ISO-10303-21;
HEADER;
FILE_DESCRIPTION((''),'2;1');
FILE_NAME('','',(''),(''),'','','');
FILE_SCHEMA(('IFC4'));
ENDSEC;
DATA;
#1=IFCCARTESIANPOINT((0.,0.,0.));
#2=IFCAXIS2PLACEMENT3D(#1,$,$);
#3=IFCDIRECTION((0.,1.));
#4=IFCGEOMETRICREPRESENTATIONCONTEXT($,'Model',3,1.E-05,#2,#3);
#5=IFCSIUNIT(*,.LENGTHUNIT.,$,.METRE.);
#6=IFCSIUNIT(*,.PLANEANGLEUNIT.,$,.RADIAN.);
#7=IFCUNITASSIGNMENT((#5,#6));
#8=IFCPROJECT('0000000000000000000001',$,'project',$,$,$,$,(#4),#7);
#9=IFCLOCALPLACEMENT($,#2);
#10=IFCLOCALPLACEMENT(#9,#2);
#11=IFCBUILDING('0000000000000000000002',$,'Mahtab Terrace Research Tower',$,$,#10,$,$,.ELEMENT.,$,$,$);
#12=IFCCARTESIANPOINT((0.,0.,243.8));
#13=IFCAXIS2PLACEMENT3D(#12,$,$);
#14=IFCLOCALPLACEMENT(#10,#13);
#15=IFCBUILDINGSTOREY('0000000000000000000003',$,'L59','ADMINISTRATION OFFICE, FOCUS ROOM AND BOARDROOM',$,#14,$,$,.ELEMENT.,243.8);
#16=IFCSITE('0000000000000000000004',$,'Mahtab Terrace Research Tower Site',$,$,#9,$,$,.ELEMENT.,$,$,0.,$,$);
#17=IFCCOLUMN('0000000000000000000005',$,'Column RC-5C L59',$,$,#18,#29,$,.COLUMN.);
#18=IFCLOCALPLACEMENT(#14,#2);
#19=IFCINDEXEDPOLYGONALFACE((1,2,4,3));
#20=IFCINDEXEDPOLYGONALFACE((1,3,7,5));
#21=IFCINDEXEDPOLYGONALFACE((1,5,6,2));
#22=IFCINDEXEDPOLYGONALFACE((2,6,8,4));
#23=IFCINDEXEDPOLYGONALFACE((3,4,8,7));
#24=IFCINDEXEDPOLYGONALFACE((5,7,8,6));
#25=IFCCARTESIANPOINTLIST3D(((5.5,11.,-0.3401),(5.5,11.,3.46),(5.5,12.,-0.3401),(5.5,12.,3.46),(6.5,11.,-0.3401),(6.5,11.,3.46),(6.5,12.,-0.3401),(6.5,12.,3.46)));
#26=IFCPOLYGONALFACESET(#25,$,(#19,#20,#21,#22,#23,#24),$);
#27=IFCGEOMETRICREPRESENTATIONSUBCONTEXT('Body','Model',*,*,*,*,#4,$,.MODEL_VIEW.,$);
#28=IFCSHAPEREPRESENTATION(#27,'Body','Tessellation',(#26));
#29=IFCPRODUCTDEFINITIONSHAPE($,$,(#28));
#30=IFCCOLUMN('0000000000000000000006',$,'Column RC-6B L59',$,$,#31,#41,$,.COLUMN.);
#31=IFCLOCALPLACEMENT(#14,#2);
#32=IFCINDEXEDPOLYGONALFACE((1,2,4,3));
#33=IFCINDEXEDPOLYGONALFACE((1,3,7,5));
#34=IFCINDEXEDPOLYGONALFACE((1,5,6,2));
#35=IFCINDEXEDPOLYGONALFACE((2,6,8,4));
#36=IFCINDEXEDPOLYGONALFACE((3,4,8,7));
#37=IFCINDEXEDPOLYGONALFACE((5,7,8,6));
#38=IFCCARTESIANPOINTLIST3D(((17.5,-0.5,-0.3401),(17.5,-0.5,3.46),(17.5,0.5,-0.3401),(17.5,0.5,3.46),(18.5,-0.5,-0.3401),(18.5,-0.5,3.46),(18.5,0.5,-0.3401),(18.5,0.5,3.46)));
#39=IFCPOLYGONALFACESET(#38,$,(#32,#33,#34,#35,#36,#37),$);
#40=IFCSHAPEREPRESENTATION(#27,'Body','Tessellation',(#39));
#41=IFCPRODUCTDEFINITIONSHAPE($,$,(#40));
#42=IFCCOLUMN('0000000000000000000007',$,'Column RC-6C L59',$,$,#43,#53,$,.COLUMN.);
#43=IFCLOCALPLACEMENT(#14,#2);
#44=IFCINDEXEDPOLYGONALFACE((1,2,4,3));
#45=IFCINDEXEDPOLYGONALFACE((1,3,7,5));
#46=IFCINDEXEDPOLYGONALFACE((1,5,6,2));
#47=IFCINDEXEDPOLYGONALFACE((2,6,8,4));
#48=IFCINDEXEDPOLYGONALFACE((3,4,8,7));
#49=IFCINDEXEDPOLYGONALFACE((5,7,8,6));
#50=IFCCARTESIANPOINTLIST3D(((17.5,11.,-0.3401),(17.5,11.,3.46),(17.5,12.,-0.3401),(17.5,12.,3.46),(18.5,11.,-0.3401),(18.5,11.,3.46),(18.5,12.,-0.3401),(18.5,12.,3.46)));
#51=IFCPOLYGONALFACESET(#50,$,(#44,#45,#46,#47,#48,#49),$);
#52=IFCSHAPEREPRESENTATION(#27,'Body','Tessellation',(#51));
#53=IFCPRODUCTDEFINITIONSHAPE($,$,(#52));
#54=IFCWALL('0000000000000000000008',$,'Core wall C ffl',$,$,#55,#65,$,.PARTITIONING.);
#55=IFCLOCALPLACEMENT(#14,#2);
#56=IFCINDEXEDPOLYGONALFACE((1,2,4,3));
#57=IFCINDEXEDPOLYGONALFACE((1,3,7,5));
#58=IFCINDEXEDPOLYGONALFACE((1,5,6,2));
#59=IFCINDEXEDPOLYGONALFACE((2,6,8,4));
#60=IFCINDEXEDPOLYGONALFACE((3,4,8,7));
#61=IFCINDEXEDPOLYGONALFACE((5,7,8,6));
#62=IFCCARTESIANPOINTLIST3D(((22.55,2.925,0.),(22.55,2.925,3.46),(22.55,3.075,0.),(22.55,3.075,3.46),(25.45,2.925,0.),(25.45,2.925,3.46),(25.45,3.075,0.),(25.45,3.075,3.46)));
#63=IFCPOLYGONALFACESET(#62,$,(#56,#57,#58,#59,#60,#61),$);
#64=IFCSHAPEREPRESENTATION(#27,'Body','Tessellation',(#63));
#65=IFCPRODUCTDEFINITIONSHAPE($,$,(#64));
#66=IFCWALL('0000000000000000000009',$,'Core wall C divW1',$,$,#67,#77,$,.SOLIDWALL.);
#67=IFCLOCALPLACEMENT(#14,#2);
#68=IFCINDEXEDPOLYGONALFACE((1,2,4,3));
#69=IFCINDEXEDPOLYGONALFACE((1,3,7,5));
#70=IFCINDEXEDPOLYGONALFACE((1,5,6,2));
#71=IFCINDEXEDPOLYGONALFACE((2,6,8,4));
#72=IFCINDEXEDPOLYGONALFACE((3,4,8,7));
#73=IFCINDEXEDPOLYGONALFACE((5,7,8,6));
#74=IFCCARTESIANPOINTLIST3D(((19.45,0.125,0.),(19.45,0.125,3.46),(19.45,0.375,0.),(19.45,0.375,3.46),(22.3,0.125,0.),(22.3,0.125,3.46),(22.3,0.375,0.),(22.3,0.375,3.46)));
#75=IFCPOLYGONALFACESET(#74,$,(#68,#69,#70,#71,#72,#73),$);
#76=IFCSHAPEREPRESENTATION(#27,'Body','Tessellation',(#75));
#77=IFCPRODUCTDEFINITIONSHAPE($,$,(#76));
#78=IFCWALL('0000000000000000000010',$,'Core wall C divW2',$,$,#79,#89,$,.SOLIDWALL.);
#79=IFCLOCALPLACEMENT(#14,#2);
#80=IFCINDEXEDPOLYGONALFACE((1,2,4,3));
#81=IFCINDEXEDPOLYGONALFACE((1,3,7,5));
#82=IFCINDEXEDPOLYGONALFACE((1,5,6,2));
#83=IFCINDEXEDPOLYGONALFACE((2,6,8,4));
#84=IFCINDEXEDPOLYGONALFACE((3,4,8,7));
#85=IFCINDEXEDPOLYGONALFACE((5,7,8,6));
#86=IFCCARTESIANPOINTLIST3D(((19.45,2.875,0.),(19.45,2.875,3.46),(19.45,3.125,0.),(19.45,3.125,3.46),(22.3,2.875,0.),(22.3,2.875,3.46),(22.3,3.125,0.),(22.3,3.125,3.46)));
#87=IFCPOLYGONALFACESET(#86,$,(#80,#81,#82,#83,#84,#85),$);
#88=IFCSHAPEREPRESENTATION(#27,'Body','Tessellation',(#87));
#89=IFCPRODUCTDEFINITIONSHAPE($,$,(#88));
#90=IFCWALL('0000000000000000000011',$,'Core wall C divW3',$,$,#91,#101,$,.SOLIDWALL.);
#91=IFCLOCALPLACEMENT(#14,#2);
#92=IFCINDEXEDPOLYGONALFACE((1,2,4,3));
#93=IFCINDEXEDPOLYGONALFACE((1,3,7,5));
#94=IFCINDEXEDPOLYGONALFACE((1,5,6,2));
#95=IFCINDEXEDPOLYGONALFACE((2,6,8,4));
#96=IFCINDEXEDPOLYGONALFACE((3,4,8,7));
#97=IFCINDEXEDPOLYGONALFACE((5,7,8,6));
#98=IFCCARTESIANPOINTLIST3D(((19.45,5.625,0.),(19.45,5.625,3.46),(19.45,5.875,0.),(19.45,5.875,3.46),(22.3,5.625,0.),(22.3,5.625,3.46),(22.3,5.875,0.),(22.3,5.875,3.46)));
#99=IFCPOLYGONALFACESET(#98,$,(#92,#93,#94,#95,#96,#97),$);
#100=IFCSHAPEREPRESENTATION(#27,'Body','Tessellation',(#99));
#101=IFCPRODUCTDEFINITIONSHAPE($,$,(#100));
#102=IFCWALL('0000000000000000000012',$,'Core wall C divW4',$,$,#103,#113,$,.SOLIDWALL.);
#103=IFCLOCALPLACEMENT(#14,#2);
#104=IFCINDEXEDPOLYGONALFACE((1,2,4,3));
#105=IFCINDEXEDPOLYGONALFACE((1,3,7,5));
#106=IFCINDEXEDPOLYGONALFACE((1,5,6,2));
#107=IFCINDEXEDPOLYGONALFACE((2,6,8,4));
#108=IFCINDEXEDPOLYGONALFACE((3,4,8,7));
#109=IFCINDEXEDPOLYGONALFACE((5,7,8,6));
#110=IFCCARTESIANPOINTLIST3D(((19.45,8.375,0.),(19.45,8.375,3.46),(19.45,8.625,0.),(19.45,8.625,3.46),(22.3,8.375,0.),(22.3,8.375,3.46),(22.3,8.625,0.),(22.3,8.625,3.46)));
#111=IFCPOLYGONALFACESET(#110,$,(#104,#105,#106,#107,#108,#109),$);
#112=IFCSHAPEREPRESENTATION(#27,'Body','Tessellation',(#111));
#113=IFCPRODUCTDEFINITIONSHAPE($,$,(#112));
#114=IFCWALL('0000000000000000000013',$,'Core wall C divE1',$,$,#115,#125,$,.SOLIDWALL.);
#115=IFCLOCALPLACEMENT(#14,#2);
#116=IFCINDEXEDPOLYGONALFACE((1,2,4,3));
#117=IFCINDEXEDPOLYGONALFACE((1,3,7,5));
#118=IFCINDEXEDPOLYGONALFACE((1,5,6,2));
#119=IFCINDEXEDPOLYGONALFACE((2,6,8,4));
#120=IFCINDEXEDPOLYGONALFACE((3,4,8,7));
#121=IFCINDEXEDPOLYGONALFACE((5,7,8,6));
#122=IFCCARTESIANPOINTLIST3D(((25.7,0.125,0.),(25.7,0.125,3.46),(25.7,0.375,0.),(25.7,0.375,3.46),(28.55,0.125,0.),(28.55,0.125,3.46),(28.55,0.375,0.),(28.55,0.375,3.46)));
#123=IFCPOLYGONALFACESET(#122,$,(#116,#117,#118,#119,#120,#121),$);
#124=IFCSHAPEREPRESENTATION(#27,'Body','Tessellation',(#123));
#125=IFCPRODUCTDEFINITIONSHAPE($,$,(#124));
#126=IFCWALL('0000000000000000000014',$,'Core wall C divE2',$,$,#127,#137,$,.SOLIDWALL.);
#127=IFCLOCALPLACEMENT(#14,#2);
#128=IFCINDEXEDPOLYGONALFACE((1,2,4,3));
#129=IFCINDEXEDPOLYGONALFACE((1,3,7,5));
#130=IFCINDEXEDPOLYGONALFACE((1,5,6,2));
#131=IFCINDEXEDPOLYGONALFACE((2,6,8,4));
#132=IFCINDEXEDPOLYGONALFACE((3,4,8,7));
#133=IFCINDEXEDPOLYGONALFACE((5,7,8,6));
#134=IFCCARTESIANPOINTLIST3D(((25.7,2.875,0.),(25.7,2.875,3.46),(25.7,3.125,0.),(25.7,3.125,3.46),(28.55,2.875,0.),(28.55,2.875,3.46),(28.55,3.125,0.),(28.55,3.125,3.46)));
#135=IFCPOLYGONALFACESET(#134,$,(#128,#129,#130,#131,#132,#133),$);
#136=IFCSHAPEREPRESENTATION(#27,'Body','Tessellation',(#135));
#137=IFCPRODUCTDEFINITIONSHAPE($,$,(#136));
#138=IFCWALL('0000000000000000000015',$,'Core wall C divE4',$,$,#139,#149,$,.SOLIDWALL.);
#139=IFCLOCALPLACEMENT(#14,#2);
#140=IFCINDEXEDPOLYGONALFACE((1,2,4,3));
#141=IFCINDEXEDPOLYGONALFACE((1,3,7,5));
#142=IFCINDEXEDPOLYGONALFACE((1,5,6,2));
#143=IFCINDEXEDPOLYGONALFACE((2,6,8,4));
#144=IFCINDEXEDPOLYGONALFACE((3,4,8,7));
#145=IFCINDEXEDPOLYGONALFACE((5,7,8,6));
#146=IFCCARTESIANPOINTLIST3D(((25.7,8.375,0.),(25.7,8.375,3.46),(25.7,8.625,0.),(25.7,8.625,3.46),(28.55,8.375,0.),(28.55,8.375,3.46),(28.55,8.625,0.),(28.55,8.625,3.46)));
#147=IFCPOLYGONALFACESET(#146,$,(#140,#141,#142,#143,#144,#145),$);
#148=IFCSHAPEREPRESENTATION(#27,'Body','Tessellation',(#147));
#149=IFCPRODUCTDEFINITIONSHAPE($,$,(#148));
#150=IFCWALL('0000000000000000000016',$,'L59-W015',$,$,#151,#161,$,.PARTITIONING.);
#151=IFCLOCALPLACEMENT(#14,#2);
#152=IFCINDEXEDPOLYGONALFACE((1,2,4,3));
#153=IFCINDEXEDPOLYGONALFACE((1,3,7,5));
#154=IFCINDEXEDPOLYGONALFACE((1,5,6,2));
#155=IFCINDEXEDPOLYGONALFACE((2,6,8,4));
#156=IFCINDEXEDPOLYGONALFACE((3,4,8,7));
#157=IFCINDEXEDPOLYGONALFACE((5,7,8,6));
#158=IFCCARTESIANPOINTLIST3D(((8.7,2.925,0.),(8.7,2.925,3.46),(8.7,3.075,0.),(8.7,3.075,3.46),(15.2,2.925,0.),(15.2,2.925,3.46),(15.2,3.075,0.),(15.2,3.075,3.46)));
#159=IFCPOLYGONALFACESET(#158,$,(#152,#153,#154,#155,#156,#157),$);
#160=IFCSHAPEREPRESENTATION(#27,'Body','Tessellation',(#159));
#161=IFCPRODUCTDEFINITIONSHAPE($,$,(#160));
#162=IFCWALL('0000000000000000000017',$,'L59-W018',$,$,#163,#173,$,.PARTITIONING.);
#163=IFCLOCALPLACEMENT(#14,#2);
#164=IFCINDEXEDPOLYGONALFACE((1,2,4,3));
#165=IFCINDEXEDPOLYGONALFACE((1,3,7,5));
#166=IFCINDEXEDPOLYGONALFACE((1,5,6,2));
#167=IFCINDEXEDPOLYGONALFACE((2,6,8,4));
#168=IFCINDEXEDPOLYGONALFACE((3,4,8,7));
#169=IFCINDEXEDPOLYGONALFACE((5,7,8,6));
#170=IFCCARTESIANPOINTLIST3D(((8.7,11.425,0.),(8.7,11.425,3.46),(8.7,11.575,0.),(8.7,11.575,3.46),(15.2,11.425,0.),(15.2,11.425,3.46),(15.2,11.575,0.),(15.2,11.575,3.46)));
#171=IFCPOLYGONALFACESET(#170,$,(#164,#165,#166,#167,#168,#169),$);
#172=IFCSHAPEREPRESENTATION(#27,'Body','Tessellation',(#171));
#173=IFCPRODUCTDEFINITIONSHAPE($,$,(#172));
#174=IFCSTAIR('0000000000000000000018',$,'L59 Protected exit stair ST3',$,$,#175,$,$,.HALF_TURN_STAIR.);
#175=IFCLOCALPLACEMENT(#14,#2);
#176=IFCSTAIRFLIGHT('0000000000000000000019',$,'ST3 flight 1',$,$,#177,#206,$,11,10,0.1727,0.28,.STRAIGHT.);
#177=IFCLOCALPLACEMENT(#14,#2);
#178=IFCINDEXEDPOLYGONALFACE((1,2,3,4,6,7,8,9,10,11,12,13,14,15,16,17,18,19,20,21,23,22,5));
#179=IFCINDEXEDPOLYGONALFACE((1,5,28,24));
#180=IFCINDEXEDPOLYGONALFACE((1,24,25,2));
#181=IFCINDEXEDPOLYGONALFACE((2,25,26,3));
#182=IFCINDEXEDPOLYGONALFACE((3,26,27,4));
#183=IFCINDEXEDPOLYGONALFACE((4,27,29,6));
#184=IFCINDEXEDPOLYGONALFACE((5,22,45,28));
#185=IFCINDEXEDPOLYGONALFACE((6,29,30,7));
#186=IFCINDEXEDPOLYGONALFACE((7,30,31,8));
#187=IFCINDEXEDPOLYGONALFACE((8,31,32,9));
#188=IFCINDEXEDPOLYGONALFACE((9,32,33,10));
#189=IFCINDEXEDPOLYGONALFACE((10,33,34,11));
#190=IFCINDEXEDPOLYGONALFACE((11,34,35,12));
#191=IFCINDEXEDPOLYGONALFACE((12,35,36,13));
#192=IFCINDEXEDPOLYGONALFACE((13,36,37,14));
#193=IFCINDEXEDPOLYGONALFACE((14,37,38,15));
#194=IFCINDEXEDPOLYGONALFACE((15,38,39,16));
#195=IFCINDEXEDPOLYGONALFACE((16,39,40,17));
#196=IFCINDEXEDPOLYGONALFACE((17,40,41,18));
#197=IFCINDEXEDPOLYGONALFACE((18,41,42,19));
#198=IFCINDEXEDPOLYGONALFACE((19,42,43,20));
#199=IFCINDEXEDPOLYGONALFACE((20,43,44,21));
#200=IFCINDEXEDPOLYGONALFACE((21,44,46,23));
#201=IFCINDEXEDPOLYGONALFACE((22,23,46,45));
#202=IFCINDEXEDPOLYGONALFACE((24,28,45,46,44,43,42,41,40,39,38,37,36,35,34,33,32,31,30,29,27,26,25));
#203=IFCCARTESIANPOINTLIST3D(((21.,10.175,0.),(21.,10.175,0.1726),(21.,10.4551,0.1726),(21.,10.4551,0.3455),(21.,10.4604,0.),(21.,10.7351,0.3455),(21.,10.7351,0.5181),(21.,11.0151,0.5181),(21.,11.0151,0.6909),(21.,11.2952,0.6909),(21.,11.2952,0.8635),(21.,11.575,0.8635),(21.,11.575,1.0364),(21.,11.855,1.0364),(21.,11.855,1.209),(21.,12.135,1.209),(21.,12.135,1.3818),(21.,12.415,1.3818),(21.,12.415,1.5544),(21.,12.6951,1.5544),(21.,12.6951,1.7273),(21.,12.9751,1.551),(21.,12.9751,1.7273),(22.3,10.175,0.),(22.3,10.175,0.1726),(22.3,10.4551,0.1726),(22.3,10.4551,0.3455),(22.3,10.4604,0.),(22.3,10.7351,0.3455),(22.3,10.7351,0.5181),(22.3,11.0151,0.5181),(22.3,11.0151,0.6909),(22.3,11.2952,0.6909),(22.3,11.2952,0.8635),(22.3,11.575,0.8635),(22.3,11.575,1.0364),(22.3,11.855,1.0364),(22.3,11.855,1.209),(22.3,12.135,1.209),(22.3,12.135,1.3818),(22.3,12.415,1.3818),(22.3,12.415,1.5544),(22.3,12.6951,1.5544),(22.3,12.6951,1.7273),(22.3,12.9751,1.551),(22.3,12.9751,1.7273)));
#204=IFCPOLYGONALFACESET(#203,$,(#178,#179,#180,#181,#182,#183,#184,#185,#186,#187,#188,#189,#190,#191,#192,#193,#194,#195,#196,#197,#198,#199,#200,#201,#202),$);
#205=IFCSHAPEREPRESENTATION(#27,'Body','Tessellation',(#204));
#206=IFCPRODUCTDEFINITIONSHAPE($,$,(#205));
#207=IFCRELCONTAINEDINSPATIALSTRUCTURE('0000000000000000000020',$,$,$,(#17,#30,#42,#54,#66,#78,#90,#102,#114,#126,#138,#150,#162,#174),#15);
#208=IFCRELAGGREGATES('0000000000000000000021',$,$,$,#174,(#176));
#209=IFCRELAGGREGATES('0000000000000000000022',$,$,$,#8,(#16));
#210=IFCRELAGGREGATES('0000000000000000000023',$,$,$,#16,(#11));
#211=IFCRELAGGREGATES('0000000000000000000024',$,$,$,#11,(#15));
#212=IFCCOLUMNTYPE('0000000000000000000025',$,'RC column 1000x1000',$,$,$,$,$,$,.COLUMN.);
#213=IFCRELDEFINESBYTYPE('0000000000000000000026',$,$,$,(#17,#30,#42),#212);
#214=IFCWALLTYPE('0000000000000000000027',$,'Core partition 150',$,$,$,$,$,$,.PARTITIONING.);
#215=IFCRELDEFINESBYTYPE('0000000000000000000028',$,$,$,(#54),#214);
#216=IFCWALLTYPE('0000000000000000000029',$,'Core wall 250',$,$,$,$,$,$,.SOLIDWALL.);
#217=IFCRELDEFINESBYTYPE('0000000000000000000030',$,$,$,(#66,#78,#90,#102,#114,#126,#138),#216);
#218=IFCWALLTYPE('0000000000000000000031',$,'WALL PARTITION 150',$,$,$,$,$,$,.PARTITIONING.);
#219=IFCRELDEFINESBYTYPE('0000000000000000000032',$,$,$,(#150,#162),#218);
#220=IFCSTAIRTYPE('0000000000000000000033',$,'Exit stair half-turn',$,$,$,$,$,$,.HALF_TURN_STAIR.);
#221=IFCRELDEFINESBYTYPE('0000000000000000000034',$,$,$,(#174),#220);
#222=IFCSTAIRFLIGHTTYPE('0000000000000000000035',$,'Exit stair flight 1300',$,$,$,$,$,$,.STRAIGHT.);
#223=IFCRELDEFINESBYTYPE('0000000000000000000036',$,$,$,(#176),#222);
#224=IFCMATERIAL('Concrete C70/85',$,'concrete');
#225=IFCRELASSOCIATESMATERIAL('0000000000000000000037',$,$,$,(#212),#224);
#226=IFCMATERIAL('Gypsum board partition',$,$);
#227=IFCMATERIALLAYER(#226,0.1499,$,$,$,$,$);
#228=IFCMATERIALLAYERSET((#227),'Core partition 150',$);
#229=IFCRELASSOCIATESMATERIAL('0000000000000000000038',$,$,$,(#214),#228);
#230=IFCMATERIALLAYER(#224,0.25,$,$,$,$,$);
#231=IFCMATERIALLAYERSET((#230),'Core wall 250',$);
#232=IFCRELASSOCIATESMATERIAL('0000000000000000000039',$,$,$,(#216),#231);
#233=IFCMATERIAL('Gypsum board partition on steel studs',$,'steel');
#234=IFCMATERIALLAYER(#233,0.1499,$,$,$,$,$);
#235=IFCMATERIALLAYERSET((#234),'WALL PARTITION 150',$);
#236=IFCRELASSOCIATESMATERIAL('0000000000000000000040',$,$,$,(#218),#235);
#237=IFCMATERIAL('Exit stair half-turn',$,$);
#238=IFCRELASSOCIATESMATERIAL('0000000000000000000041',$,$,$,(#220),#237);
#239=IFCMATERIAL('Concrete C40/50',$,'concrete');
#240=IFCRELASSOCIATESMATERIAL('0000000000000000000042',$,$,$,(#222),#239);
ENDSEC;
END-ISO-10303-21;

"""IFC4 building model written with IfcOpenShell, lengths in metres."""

from ifc_helpers import new_model, si_unit, direction, frame, frame_2d, origin, origin_2d, place, context, subcontext, project, spatial, polyline, rectangle, outline, extrude, material, layer, layer_set, material_profile, profile_set, type_object, element, aggregate, save


model = new_model("IFC4")

# Units and contexts
model_context = context("Model", 3, precision=1e-05, world=origin(), true_north=direction((0.0, 1.0)))
body_context = subcontext(model_context, "Body", "Model", "MODEL_VIEW")
ifc_project = project(units=[si_unit("LENGTHUNIT", "METRE"), si_unit("PLANEANGLEUNIT", "RADIAN")], contexts=[model_context])

# Site, building, storey
site_placement = place(None, origin())
site = spatial("IfcSite", under=ifc_project, at=site_placement, Name="Mahtab Terrace Research Tower Site", CompositionType="ELEMENT", RefElevation=0.0)
building_placement = place(site_placement, origin())
building = spatial("IfcBuilding", under=site, at=building_placement, Name="Mahtab Terrace Research Tower", CompositionType="ELEMENT")
storey_placement = place(building_placement, frame((0.0, 0.0, 243.8)))
storey = spatial("IfcBuildingStorey", under=building, at=storey_placement, Name="L59", Description="ADMINISTRATION OFFICE, FOCUS ROOM AND BOARDROOM", CompositionType="ELEMENT", Elevation=243.8)

# Columns
ifc_material_1 = material(Name="Concrete C70/85", Category="concrete")
ifc_material_profile = material_profile(ifc_material_1, rectangle(XDim=1.0, YDim=1.0, at=origin_2d()), Name="RC column 1000x1000")
ifc_profile_set = profile_set([ifc_material_profile], Name="Concrete C70/85")
column_type = type_object("IfcColumnType", Name="RC column 1000x1000", PredefinedType="COLUMN", material=ifc_profile_set)
for number, where, z_axis, x_axis, name in (
    (1, (6.0, 11.5, -0.3401), (0.0, 0.0, 1.0), (1.0, 0.0, 0.0), "Column RC-5C L59"),
    (2, (18.0, 0.0, -0.3401), (0.0, 0.0, 1.0), (1.0, 0.0, 0.0), "Column RC-6B L59"),
    (3, (18.0, 11.5, -0.3401), (0.0, 0.0, 1.0), (1.0, 0.0, 0.0), "Column RC-6C L59"),
):
    element("IfcColumn", number, at=place(storey_placement, frame(where, z_axis=z_axis, x_axis=x_axis)), inside=storey, type_object=column_type, Name=name, PredefinedType="COLUMN", context=body_context, shape_type="SweptSolid", body=[
        extrude(rectangle(XDim=1.0, YDim=1.0, at=origin_2d()), origin(), (0.0, 0.0, 1.0), 3.8),
    ])

# Walls
ifc_material_2 = material(Name="Gypsum board partition")
ifc_layer_1 = layer(ifc_material_2, 0.1499)
ifc_layer_set_1 = layer_set([ifc_layer_1], Name="Core partition 150")
wall_type_1 = type_object("IfcWallType", Name="Core partition 150", PredefinedType="PARTITIONING", material=ifc_layer_set_1)
wall_placement = place(storey_placement, frame((22.55, 3.0, 0.0), z_axis=(0.0, 0.0, 1.0), x_axis=(1.0, 0.0, 0.0)))
element("IfcWall", 4, at=wall_placement, inside=storey, type_object=wall_type_1, Name="Core wall C ffl", PredefinedType="PARTITIONING", context=body_context, shape_type="SweptSolid", body=[
    extrude(rectangle(XDim=2.8999, YDim=0.1499, at=frame_2d((1.45, 0.0))), origin(), (0.0, 0.0, 1.0), 3.46),
])
ifc_layer_2 = layer(ifc_material_1, 0.25)
ifc_layer_set_2 = layer_set([ifc_layer_2], Name="Core wall 250")
wall_type_2 = type_object("IfcWallType", Name="Core wall 250", PredefinedType="SOLIDWALL", material=ifc_layer_set_2)
for number, where, z_axis, x_axis, name in (
    (5, (19.45, 0.25, 0.0), (0.0, 0.0, 1.0), (1.0, 0.0, 0.0), "Core wall C divW1"),
    (6, (19.45, 3.0, 0.0), (0.0, 0.0, 1.0), (1.0, 0.0, 0.0), "Core wall C divW2"),
    (7, (19.45, 5.75, 0.0), (0.0, 0.0, 1.0), (1.0, 0.0, 0.0), "Core wall C divW3"),
    (8, (19.45, 8.5, 0.0), (0.0, 0.0, 1.0), (1.0, 0.0, 0.0), "Core wall C divW4"),
    (9, (25.7, 0.25, 0.0), (0.0, 0.0, 1.0), (1.0, 0.0, 0.0), "Core wall C divE1"),
    (10, (25.7, 3.0, 0.0), (0.0, 0.0, 1.0), (1.0, 0.0, 0.0), "Core wall C divE2"),
    (11, (25.7, 8.5, 0.0), (0.0, 0.0, 1.0), (1.0, 0.0, 0.0), "Core wall C divE4"),
):
    element("IfcWall", number, at=place(storey_placement, frame(where, z_axis=z_axis, x_axis=x_axis)), inside=storey, type_object=wall_type_2, Name=name, PredefinedType="SOLIDWALL", context=body_context, shape_type="SweptSolid", body=[
        extrude(rectangle(XDim=2.8501, YDim=0.25, at=frame_2d((1.425, 0.0))), origin(), (0.0, 0.0, 1.0), 3.46),
    ])
ifc_material_3 = material(Name="Gypsum board partition on steel studs", Category="steel")
ifc_layer_3 = layer(ifc_material_3, 0.1499)
ifc_layer_set_3 = layer_set([ifc_layer_3], Name="WALL PARTITION 150")
wall_type_3 = type_object("IfcWallType", Name="WALL PARTITION 150", PredefinedType="PARTITIONING", material=ifc_layer_set_3)
for number, where, z_axis, x_axis, name in (
    (12, (8.7, 3.0, 0.0), (0.0, 0.0, 1.0), (1.0, 0.0, 0.0), "L59-W015"),
    (13, (8.7, 11.5, 0.0), (0.0, 0.0, 1.0), (1.0, 0.0, 0.0), "L59-W018"),
):
    element("IfcWall", number, at=place(storey_placement, frame(where, z_axis=z_axis, x_axis=x_axis)), inside=storey, type_object=wall_type_3, Name=name, PredefinedType="PARTITIONING", context=body_context, shape_type="SweptSolid", body=[
        extrude(rectangle(XDim=6.5, YDim=0.1499, at=frame_2d((3.25, 0.0))), origin(), (0.0, 0.0, 1.0), 3.46),
    ])

# Stair, stair flight
ifc_material_4 = material(Name="Exit stair half-turn")
stair_type = type_object("IfcStairType", Name="Exit stair half-turn", PredefinedType="HALF_TURN_STAIR", material=ifc_material_4)
stair_placement = place(storey_placement, origin())
stair = element("IfcStair", 14, at=stair_placement, inside=storey, type_object=stair_type, Name="L59 Protected exit stair ST3", PredefinedType="HALF_TURN_STAIR")
ifc_material_5 = material(Name="Concrete C40/50", Category="concrete")
stair_flight_type = type_object("IfcStairFlightType", Name="Exit stair flight 1300", PredefinedType="STRAIGHT", material=ifc_material_5)
stair_flight_placement = place(storey_placement, frame((21.6499, 10.175, 0.0), z_axis=(0.0, 0.0, 1.0), x_axis=(0.0, 1.0, 0.0)))
stair_flight = element("IfcStairFlight", 15, at=stair_flight_placement, type_object=stair_flight_type, Name="ST3 flight 1", NumberOfRisers=11, NumberOfTreads=10, PredefinedType="STRAIGHT", RiserHeight=0.1727, TreadLength=0.28, context=body_context, shape_type="SweptSolid", body=[
    extrude(outline(polyline([(0.0, 0.0), (0.0, 0.1726), (0.28, 0.1726), (0.28, 0.3455), (0.5601, 0.3455), (0.5601, 0.5181), (0.8401, 0.5181), (0.8401, 0.6909), (1.1201, 0.6909), (1.1201, 0.8635), (1.3999, 0.8635), (1.3999, 1.0364), (1.6799, 1.0364), (1.6799, 1.209), (1.96, 1.209), (1.96, 1.3818), (2.24, 1.3818), (2.24, 1.5544), (2.52, 1.5544), (2.52, 1.7273), (2.8, 1.7273), (2.8, 1.8999), (2.8, 1.551), (0.2854, 0.0), (0.0, 0.0)])), frame((0.0, 0.6499, 0.0), z_axis=(0.0, -1.0, 0.0), x_axis=(1.0, 0.0, 0.0)), (0.0, 0.0, 1.0), 1.3),
])
aggregate(stair, [stair_flight])

save(model, "model.ifc")
